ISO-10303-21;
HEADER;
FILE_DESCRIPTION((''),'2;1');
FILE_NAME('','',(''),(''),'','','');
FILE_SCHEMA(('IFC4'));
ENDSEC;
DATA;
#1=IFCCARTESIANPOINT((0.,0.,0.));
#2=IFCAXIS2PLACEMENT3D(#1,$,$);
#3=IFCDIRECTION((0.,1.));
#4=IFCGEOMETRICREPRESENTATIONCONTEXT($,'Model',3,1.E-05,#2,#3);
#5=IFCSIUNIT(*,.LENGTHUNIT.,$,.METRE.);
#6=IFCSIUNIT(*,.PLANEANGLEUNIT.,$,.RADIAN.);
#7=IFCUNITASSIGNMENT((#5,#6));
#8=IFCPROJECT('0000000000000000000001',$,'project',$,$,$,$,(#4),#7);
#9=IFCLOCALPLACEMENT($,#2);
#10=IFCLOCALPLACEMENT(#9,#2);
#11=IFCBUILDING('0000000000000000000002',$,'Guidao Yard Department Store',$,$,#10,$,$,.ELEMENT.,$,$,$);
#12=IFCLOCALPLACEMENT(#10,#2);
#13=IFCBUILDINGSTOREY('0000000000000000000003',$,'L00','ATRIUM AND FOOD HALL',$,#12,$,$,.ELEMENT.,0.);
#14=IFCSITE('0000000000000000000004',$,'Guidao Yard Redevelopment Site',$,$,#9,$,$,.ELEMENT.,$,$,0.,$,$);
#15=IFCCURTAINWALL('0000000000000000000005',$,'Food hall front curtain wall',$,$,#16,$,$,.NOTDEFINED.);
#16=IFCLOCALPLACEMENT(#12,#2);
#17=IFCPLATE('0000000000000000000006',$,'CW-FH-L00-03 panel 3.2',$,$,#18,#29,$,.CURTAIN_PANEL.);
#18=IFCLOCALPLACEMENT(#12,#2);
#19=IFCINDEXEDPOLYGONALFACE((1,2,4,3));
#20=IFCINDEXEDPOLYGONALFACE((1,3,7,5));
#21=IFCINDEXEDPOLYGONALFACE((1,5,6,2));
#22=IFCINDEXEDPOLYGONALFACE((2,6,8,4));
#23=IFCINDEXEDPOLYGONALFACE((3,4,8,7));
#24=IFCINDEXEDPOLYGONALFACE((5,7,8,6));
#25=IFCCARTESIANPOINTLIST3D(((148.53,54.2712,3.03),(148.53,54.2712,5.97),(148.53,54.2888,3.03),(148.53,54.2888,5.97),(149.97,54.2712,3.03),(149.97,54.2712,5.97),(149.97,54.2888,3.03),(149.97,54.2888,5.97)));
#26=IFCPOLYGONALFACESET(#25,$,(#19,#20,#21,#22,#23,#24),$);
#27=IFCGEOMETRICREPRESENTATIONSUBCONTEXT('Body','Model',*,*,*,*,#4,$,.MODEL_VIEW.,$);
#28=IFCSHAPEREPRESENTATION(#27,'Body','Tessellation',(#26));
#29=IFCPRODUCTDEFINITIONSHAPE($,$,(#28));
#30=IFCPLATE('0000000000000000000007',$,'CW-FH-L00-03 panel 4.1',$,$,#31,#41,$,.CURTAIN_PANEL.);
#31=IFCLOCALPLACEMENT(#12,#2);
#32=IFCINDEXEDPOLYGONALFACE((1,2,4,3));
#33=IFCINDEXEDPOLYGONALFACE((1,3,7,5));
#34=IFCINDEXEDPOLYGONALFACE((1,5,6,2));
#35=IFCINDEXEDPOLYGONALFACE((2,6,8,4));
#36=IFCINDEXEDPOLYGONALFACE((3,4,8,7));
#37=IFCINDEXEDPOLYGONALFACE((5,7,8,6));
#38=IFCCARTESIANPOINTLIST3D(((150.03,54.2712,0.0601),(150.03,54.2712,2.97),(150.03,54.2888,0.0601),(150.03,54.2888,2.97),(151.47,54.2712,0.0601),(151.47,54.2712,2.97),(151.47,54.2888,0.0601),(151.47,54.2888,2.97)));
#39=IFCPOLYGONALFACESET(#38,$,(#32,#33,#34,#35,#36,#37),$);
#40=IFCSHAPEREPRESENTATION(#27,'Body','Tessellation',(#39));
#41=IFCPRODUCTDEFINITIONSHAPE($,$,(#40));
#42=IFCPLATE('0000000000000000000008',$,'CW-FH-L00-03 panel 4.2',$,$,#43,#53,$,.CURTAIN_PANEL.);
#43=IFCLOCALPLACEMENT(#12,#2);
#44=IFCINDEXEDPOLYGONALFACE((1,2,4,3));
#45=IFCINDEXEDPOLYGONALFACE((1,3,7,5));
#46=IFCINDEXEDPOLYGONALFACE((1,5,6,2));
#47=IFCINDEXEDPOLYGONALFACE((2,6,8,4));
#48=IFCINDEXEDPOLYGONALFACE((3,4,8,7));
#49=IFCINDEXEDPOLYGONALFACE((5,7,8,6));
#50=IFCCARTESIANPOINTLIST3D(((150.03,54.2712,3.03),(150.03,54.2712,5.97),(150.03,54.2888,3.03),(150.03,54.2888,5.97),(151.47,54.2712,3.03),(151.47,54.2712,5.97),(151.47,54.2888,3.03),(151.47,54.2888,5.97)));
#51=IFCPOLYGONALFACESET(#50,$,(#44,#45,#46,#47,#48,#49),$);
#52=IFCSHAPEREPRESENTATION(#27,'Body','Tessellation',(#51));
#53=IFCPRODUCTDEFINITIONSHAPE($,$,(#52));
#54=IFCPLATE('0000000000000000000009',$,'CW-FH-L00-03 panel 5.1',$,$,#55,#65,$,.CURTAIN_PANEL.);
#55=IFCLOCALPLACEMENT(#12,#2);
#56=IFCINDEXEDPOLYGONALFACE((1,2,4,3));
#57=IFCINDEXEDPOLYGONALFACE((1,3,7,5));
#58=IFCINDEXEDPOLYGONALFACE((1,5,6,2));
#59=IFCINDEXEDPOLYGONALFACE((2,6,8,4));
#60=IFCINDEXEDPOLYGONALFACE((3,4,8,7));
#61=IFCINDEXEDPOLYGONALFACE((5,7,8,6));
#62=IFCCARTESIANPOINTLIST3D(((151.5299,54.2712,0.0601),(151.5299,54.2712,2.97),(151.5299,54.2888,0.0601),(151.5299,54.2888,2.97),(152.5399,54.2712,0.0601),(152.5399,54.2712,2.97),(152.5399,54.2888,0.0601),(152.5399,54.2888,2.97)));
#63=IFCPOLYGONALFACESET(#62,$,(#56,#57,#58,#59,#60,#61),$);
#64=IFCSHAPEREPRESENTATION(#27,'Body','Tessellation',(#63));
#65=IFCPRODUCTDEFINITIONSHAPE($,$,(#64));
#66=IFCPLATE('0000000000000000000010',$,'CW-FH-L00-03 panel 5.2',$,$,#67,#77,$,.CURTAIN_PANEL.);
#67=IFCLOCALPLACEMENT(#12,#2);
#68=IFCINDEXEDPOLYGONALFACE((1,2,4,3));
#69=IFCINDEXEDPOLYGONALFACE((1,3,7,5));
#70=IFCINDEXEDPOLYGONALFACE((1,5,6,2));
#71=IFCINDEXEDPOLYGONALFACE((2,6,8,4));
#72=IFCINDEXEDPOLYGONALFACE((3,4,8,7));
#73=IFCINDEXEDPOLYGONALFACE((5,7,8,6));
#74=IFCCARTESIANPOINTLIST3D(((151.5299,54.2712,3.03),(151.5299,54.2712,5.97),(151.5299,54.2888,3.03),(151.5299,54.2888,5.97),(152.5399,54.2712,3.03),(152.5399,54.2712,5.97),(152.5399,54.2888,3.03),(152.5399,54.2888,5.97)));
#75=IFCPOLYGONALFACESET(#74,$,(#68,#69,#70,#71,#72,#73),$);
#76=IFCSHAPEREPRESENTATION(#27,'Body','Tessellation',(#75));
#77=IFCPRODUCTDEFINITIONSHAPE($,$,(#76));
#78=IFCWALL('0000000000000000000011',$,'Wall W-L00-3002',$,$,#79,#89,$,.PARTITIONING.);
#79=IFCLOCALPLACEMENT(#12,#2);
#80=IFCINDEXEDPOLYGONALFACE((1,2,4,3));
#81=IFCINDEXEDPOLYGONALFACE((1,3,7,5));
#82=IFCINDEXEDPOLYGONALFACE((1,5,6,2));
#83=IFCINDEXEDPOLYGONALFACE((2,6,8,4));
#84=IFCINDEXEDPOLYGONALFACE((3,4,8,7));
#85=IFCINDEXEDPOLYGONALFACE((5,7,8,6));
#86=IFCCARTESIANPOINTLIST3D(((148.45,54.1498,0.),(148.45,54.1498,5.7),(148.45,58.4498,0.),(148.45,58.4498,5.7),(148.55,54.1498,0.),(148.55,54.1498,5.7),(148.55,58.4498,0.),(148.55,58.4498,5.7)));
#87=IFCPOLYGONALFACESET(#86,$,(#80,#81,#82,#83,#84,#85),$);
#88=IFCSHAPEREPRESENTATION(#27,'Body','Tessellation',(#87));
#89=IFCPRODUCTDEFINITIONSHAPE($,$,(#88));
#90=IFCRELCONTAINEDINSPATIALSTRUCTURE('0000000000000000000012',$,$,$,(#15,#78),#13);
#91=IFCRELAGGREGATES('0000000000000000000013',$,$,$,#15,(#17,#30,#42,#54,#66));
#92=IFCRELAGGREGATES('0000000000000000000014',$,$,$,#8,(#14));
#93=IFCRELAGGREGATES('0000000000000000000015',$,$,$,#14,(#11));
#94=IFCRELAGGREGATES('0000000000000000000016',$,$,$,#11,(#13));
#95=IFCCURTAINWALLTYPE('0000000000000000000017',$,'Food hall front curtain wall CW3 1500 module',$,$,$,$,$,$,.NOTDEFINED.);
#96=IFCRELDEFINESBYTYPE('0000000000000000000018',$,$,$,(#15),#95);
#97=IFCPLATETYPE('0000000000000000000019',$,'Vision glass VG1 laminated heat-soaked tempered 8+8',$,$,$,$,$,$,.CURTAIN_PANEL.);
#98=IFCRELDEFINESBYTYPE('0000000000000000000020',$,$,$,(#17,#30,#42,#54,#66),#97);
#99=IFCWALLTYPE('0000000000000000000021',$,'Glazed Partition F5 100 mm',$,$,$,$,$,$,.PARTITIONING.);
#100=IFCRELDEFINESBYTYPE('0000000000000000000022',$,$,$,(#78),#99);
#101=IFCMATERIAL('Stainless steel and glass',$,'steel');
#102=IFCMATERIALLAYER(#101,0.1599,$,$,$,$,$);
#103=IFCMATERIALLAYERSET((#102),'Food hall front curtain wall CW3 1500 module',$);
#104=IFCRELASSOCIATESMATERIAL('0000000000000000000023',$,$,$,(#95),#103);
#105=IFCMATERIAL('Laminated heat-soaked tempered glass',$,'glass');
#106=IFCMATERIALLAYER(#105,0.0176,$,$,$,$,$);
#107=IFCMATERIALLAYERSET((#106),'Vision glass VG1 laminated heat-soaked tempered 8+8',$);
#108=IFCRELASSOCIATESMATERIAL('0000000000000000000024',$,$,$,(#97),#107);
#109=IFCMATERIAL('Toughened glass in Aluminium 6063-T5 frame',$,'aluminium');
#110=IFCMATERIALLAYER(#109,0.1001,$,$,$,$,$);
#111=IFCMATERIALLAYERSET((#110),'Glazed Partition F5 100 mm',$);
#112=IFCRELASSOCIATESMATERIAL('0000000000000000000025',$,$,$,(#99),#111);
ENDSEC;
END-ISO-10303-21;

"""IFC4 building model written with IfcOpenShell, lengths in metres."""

from ifc_helpers import new_model, si_unit, direction, frame, frame_2d, origin, origin_2d, place, context, subcontext, project, spatial, rectangle, extrude, material, layer, layer_set, type_object, element, aggregate, save


model = new_model("IFC4")

# Units and contexts
model_context = context("Model", 3, precision=1e-05, world=origin(), true_north=direction((0.0, 1.0)))
body_context = subcontext(model_context, "Body", "Model", "MODEL_VIEW")
ifc_project = project(units=[si_unit("LENGTHUNIT", "METRE"), si_unit("PLANEANGLEUNIT", "RADIAN")], contexts=[model_context])

# Site, building, storey
site_placement = place(None, origin())
site = spatial("IfcSite", under=ifc_project, at=site_placement, Name="Guidao Yard Redevelopment Site", CompositionType="ELEMENT", RefElevation=0.0)
building_placement = place(site_placement, origin())
building = spatial("IfcBuilding", under=site, at=building_placement, Name="Guidao Yard Department Store", CompositionType="ELEMENT")
storey_placement = place(building_placement, origin())
storey = spatial("IfcBuildingStorey", under=building, at=storey_placement, Name="L00", Description="ATRIUM AND FOOD HALL", CompositionType="ELEMENT", Elevation=0.0)

# Curtain wall
ifc_material_1 = material(Name="Stainless steel and glass", Category="steel")
ifc_layer_1 = layer(ifc_material_1, 0.1599)
ifc_layer_set_1 = layer_set([ifc_layer_1], Name="Food hall front curtain wall CW3 1500 module")
curtain_wall_type = type_object("IfcCurtainWallType", Name="Food hall front curtain wall CW3 1500 module", PredefinedType="NOTDEFINED", material=ifc_layer_set_1)
curtain_wall_placement = place(storey_placement, origin())
curtain_wall = element("IfcCurtainWall", 1, at=curtain_wall_placement, inside=storey, type_object=curtain_wall_type, Name="Food hall front curtain wall", PredefinedType="NOTDEFINED")

# Plates
ifc_material_2 = material(Name="Laminated heat-soaked tempered glass", Category="glass")
ifc_layer_2 = layer(ifc_material_2, 0.0176)
ifc_layer_set_2 = layer_set([ifc_layer_2], Name="Vision glass VG1 laminated heat-soaked tempered 8+8")
plate_type_1 = type_object("IfcPlateType", Name="Vision glass VG1 laminated heat-soaked tempered 8+8", PredefinedType="CURTAIN_PANEL", material=ifc_layer_set_2)
plate_1_placement = place(storey_placement, frame((149.25, 54.28, 3.03), z_axis=(0.0, 0.0, 1.0), x_axis=(-1.0, 0.0, 0.0)))
plate_1 = element("IfcPlate", 2, at=plate_1_placement, type_object=plate_type_1, Name="CW-FH-L00-03 panel 3.2", PredefinedType="CURTAIN_PANEL", context=body_context, shape_type="SweptSolid", body=[
    extrude(rectangle(XDim=1.4399, YDim=0.0176, at=origin_2d()), origin(), (0.0, 0.0, 1.0), 2.9399),
])
plate_2_placement = place(storey_placement, frame((150.75, 54.28, 0.0601), z_axis=(0.0, 0.0, 1.0), x_axis=(-1.0, 0.0, 0.0)))
plate_2 = element("IfcPlate", 3, at=plate_2_placement, type_object=plate_type_1, Name="CW-FH-L00-03 panel 4.1", PredefinedType="CURTAIN_PANEL", context=body_context, shape_type="SweptSolid", body=[
    extrude(rectangle(XDim=1.4399, YDim=0.0176, at=origin_2d()), origin(), (0.0, 0.0, 1.0), 2.9099),
])
plate_3_placement = place(storey_placement, frame((150.75, 54.28, 3.03), z_axis=(0.0, 0.0, 1.0), x_axis=(-1.0, 0.0, 0.0)))
plate_3 = element("IfcPlate", 4, at=plate_3_placement, type_object=plate_type_1, Name="CW-FH-L00-03 panel 4.2", PredefinedType="CURTAIN_PANEL", context=body_context, shape_type="SweptSolid", body=[
    extrude(rectangle(XDim=1.4399, YDim=0.0176, at=origin_2d()), origin(), (0.0, 0.0, 1.0), 2.9399),
])
plate_4_placement = place(storey_placement, frame((152.0349, 54.28, 0.0601), z_axis=(0.0, 0.0, 1.0), x_axis=(-1.0, 0.0, 0.0)))
plate_4 = element("IfcPlate", 5, at=plate_4_placement, type_object=plate_type_1, Name="CW-FH-L00-03 panel 5.1", PredefinedType="CURTAIN_PANEL", context=body_context, shape_type="SweptSolid", body=[
    extrude(rectangle(XDim=1.01, YDim=0.0176, at=origin_2d()), origin(), (0.0, 0.0, 1.0), 2.9099),
])
plate_5_placement = place(storey_placement, frame((152.0349, 54.28, 3.03), z_axis=(0.0, 0.0, 1.0), x_axis=(-1.0, 0.0, 0.0)))
plate_5 = element("IfcPlate", 6, at=plate_5_placement, type_object=plate_type_1, Name="CW-FH-L00-03 panel 5.2", PredefinedType="CURTAIN_PANEL", context=body_context, shape_type="SweptSolid", body=[
    extrude(rectangle(XDim=1.01, YDim=0.0176, at=origin_2d()), origin(), (0.0, 0.0, 1.0), 2.9399),
])
aggregate(curtain_wall, [plate_1, plate_2, plate_3, plate_4, plate_5])

# Wall
ifc_material_3 = material(Name="Toughened glass in Aluminium 6063-T5 frame", Category="aluminium")
ifc_layer_3 = layer(ifc_material_3, 0.1001)
ifc_layer_set_3 = layer_set([ifc_layer_3], Name="Glazed Partition F5 100 mm")
wall_type_1 = type_object("IfcWallType", Name="Glazed Partition F5 100 mm", PredefinedType="PARTITIONING", material=ifc_layer_set_3)
wall_1_placement = place(storey_placement, frame((148.5, 54.1499, 0.0), z_axis=(0.0, 0.0, 1.0), x_axis=(0.0, 1.0, 0.0)))
element("IfcWall", 7, at=wall_1_placement, inside=storey, type_object=wall_type_1, Name="Wall W-L00-3002", PredefinedType="PARTITIONING", context=body_context, shape_type="SweptSolid", body=[
    extrude(rectangle(XDim=4.3, YDim=0.1001, at=frame_2d((2.1499, 0.0))), origin(), (0.0, 0.0, 1.0), 5.7),
])

save(model, "model.ifc")
